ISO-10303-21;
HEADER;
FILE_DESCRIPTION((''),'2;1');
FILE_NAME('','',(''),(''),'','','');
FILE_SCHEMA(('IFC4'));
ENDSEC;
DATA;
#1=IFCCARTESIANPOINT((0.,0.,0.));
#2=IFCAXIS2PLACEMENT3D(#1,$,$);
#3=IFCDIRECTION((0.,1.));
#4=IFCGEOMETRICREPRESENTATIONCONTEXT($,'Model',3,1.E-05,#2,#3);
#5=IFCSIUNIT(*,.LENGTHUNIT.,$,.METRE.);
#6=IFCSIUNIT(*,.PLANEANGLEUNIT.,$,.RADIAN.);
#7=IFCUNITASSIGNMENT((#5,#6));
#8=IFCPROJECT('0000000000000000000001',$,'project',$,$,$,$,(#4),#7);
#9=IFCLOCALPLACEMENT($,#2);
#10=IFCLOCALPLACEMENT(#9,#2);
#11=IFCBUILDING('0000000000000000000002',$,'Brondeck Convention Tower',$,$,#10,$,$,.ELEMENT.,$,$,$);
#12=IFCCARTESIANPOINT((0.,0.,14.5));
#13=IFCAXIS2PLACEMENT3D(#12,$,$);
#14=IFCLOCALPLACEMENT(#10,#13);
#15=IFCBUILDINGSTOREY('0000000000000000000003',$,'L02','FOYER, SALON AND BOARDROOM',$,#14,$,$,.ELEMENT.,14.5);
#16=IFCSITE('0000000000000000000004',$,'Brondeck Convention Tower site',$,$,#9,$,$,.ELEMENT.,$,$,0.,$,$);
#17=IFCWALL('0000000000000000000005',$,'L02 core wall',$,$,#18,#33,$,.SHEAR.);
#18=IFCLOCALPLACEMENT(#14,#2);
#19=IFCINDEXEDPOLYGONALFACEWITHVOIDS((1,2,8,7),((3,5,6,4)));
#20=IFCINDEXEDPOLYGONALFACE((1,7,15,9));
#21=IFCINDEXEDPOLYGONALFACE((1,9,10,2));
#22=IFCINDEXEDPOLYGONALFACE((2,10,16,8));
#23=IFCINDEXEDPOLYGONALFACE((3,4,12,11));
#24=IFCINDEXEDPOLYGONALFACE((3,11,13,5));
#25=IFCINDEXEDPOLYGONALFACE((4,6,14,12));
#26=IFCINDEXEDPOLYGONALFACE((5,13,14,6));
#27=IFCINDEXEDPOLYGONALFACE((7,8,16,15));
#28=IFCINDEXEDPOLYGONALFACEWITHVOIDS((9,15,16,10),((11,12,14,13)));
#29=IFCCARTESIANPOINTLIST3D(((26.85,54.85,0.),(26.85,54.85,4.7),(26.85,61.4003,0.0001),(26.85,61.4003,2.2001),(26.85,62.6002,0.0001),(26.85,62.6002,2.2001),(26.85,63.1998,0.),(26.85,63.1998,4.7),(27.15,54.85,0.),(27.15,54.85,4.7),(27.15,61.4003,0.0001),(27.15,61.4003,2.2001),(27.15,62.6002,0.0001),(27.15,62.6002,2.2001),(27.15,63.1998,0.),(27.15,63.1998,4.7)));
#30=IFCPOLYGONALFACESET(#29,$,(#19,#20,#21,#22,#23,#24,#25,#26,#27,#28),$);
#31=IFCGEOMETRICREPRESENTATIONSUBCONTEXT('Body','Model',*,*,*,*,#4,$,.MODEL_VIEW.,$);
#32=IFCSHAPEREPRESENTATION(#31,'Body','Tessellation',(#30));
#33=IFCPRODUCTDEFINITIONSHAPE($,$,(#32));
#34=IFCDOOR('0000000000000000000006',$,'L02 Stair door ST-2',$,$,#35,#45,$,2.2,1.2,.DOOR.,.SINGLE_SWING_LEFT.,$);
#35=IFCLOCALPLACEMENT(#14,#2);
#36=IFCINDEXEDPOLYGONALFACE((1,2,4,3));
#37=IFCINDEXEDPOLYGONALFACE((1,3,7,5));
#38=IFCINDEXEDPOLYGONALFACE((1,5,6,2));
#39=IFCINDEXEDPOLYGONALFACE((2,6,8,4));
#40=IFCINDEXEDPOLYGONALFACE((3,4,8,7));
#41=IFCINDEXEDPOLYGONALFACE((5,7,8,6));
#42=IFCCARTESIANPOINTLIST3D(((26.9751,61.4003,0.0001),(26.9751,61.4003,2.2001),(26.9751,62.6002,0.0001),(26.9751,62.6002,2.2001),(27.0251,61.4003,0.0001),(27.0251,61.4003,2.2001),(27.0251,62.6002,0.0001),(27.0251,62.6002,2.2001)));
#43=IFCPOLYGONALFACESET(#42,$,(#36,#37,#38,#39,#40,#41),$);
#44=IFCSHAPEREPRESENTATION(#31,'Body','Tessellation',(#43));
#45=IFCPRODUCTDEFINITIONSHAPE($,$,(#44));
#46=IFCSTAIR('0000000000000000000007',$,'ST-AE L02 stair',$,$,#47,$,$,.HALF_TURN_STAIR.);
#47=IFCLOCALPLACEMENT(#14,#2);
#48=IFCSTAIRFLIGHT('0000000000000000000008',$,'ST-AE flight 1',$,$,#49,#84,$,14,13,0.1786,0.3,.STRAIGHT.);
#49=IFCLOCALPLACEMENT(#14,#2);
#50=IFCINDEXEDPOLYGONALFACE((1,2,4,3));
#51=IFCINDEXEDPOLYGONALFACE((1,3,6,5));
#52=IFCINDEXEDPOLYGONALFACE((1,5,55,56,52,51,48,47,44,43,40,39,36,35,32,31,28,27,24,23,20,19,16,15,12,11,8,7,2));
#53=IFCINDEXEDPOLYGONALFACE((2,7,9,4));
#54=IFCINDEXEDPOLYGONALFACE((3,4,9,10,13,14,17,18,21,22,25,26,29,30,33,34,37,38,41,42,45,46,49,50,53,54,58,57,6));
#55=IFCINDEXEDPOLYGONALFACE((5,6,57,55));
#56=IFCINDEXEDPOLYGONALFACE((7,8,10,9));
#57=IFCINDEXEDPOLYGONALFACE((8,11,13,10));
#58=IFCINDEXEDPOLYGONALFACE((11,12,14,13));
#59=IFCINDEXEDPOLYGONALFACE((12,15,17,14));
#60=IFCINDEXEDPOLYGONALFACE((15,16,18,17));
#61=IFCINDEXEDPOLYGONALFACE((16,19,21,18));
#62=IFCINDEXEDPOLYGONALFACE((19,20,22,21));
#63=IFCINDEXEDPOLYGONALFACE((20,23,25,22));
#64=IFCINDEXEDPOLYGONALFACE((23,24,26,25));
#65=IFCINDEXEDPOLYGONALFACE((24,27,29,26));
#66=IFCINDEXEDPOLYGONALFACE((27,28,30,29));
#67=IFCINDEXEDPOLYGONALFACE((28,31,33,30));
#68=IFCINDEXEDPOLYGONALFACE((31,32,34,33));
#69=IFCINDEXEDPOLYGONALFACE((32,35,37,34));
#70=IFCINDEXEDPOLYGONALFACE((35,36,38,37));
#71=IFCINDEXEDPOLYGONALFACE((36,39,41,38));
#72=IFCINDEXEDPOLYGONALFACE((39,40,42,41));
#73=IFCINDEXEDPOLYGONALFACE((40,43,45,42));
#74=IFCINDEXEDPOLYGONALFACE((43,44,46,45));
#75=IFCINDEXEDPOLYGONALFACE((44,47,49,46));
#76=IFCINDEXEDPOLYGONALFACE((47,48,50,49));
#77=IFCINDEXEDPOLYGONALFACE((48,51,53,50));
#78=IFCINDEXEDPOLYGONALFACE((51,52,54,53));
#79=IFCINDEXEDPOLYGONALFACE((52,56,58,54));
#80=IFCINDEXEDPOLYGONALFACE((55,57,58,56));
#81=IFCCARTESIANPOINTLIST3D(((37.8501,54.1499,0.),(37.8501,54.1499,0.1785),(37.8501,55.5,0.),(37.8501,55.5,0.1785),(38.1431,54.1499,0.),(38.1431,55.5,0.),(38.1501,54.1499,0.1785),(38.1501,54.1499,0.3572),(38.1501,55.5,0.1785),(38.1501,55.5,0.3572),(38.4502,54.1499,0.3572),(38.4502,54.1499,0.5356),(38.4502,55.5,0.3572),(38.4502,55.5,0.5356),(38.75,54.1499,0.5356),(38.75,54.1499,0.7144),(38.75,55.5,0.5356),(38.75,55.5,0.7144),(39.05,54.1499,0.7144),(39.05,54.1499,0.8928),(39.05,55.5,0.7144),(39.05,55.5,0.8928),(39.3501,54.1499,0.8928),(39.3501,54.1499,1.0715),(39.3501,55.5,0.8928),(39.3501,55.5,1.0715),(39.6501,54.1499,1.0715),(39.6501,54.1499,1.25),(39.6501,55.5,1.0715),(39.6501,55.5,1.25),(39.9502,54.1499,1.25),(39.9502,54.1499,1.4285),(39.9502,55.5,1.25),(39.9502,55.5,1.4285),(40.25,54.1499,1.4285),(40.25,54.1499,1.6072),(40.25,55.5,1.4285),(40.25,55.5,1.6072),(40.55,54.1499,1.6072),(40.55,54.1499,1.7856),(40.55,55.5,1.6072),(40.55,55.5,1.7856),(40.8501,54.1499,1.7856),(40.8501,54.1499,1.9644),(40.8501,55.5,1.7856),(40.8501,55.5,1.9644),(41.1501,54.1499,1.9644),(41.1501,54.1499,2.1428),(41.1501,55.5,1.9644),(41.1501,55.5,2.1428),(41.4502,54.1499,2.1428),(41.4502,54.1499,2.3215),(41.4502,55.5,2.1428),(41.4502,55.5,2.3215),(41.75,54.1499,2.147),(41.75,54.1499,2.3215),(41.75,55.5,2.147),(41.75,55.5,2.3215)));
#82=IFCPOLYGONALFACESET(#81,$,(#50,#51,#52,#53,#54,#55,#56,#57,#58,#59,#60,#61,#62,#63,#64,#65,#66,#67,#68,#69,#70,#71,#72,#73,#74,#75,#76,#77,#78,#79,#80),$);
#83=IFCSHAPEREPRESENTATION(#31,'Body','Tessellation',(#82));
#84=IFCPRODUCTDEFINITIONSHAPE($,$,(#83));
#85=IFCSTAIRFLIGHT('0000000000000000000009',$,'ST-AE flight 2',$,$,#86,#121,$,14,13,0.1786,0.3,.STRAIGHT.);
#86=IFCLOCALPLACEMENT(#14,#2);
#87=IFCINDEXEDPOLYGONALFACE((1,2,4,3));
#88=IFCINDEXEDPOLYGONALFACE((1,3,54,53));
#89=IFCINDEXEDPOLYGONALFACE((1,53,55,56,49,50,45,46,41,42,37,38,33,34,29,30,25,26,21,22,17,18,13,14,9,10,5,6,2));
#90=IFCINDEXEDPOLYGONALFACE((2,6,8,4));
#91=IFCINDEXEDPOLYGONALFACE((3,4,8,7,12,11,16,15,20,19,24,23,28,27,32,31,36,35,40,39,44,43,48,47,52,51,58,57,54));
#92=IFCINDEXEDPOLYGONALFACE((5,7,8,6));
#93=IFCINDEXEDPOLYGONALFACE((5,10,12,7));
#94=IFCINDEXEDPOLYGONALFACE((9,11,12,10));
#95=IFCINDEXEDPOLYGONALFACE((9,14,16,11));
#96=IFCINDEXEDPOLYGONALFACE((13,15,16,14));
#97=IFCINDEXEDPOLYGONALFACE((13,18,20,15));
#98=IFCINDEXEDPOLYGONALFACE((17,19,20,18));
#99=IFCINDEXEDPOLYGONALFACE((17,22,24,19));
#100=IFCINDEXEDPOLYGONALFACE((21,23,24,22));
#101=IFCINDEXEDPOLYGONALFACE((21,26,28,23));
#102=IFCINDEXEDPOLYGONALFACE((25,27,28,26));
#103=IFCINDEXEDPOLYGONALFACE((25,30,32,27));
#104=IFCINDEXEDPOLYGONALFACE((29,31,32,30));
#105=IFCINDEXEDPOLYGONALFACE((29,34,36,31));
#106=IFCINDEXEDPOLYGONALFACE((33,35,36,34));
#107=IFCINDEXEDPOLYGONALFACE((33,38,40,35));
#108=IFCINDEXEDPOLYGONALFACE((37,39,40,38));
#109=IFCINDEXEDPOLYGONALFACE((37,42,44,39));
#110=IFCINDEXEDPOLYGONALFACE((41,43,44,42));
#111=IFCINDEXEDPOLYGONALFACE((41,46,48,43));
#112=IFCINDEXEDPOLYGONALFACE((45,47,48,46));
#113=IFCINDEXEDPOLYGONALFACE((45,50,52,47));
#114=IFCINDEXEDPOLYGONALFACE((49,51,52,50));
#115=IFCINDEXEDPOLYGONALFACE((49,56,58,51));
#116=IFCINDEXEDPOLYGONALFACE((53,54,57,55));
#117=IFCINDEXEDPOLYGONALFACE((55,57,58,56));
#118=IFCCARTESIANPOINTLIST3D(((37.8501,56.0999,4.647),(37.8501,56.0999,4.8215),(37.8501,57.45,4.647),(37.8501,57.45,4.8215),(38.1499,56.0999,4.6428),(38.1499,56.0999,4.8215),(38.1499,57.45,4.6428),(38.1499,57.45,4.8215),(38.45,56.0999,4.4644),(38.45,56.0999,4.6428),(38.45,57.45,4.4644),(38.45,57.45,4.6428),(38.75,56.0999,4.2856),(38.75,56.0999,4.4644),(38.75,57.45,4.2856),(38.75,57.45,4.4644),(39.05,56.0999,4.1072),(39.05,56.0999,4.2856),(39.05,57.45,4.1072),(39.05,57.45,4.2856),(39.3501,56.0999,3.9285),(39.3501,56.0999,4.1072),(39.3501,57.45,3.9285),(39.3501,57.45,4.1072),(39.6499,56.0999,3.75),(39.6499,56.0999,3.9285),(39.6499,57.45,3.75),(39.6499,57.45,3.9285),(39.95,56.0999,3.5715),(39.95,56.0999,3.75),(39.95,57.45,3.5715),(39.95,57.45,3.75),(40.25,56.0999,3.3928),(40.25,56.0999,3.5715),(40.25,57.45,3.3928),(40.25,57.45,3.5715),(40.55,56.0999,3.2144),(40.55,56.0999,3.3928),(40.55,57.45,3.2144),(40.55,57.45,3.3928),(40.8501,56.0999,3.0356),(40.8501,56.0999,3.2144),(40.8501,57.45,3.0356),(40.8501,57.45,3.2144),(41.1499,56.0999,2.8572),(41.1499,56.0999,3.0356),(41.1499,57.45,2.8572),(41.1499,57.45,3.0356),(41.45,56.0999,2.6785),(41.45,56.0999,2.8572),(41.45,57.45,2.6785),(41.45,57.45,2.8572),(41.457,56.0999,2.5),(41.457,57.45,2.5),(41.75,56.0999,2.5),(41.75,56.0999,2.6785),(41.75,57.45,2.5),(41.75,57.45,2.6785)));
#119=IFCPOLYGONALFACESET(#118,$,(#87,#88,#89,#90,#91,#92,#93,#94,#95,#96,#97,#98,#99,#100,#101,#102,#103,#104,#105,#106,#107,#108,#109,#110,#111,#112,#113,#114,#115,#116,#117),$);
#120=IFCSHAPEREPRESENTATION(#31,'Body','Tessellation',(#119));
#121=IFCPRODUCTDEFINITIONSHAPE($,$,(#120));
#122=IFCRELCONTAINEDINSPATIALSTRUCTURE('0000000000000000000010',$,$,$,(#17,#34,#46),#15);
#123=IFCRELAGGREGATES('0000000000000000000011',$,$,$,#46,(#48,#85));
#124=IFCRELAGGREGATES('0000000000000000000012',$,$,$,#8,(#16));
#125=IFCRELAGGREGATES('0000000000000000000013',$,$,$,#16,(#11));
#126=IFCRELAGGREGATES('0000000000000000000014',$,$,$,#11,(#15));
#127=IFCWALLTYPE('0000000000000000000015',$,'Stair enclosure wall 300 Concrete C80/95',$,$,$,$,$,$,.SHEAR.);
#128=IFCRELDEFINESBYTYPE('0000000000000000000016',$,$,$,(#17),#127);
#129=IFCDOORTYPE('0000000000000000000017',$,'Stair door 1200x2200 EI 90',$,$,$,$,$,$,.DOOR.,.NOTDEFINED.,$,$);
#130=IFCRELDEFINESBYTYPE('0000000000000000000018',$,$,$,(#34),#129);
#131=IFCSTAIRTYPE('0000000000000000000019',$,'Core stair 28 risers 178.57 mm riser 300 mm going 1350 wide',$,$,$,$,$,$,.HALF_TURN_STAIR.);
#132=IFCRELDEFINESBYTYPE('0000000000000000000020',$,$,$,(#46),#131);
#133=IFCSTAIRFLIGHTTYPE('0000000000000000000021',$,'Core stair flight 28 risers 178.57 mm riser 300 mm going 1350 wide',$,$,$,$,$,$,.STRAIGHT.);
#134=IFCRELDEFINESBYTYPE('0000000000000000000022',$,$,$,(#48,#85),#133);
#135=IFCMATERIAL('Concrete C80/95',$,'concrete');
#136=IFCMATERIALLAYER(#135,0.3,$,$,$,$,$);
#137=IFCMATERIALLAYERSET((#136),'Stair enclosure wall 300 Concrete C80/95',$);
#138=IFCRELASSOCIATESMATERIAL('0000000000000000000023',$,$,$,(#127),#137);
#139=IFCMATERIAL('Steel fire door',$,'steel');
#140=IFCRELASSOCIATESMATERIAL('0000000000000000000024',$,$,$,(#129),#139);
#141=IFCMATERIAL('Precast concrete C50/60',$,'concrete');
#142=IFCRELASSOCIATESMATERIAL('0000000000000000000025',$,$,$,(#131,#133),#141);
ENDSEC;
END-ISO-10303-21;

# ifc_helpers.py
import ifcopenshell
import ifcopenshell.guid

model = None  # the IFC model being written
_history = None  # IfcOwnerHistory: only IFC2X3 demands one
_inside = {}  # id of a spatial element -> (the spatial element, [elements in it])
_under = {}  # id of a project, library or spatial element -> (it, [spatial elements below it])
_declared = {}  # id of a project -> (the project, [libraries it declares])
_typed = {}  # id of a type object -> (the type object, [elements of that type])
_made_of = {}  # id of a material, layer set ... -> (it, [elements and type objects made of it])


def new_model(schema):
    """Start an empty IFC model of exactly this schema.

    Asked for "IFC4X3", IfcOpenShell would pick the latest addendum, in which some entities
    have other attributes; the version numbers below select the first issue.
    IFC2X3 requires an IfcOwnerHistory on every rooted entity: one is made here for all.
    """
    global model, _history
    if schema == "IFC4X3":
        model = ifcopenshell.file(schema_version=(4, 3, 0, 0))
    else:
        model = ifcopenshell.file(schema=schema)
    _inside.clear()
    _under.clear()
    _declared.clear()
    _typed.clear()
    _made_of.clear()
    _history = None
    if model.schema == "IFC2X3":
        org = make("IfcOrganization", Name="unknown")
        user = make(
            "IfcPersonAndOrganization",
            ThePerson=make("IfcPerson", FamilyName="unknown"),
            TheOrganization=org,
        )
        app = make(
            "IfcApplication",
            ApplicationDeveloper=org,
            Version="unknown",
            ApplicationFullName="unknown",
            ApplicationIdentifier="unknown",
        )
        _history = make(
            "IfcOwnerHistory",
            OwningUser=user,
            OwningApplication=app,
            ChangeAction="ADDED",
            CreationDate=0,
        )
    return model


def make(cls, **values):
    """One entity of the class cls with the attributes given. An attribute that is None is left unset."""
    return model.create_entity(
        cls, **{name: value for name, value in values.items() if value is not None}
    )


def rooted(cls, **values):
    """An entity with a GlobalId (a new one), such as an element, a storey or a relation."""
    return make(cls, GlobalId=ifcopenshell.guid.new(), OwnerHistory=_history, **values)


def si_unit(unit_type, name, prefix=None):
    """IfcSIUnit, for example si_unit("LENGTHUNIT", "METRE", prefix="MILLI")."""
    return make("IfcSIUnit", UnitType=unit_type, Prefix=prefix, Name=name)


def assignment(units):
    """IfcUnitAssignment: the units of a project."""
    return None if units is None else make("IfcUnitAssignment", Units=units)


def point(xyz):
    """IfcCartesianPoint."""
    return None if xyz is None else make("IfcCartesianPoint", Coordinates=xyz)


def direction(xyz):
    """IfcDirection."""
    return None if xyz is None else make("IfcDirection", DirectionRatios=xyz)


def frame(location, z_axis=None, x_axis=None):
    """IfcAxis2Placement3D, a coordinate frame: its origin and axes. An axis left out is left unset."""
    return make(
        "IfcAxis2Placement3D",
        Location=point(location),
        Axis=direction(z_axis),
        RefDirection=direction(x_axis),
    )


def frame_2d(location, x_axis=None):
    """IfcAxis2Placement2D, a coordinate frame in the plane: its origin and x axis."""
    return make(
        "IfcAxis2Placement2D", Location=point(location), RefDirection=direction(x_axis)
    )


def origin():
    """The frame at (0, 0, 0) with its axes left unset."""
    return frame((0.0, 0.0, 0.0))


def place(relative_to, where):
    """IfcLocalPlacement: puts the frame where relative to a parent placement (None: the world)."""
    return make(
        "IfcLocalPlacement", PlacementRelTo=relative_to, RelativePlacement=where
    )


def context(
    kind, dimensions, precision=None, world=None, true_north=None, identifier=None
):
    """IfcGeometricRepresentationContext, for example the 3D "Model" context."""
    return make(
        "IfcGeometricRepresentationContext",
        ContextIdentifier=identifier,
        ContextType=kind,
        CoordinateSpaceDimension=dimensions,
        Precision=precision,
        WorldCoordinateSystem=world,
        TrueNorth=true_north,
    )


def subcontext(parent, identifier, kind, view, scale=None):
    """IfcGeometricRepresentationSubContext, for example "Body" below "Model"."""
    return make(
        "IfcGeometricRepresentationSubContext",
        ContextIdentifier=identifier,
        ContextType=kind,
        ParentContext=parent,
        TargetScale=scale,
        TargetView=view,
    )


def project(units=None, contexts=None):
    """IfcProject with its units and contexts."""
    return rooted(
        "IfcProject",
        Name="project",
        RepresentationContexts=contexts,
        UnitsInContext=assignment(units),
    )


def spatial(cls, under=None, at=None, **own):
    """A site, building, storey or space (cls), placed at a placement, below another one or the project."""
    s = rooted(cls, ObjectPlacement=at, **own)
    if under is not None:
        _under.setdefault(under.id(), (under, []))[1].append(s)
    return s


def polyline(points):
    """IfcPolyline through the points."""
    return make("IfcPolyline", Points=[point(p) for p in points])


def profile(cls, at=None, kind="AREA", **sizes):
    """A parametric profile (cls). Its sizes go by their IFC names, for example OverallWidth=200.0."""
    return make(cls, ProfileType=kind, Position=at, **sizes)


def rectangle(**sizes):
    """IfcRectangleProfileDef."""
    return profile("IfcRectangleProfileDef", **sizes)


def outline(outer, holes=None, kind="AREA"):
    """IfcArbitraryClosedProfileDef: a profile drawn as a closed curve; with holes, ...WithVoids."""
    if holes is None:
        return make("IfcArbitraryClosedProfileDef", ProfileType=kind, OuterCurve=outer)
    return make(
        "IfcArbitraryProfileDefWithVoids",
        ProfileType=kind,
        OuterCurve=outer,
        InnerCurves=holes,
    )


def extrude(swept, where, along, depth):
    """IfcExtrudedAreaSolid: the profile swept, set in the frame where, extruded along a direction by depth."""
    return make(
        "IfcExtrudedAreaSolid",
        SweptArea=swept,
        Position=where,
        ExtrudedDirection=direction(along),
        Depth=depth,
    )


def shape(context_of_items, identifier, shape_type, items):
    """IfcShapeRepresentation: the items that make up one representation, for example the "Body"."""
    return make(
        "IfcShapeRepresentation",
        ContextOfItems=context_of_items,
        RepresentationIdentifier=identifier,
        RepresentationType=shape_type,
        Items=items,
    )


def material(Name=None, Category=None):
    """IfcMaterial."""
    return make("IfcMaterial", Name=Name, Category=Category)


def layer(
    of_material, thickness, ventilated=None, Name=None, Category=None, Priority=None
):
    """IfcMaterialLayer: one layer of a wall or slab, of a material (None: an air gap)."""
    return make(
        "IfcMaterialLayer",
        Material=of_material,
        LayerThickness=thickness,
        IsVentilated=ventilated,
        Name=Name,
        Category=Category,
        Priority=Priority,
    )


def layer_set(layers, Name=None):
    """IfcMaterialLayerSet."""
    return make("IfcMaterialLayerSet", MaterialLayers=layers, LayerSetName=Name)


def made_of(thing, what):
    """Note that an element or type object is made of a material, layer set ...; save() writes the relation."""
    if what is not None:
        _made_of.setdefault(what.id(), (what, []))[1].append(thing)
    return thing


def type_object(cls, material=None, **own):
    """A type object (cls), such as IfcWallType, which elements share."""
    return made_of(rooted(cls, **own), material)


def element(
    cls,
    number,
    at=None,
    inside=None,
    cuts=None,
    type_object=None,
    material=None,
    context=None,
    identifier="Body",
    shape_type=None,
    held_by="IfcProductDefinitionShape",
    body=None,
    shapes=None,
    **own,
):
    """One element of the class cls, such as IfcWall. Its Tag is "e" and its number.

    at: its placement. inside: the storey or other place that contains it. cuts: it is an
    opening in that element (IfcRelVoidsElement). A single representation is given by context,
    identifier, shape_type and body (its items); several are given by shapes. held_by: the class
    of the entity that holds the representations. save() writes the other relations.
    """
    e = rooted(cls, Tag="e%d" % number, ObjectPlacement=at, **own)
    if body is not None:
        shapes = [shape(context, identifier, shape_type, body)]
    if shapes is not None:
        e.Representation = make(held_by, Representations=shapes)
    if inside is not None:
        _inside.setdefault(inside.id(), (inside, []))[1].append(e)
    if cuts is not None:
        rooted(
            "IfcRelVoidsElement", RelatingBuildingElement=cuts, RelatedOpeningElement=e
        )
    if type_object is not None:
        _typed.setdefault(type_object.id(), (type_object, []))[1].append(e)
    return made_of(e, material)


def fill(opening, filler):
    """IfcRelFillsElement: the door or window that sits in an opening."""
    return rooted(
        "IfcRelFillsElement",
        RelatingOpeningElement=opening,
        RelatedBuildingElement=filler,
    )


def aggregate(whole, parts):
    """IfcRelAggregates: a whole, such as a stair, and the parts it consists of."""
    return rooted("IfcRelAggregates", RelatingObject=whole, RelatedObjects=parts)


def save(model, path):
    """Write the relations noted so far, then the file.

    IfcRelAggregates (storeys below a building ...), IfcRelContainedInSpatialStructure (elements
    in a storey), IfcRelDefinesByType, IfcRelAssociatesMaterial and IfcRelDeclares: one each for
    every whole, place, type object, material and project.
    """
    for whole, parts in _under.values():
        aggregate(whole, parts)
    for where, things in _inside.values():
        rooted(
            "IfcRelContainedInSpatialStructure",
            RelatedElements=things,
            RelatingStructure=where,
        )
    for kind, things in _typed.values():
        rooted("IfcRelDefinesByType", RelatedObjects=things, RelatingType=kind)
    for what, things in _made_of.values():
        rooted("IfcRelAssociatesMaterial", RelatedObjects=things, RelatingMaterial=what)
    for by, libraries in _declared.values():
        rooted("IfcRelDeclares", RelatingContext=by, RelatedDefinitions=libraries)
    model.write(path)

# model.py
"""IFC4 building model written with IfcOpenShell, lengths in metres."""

from ifc_helpers import new_model, si_unit, direction, frame, frame_2d, origin, place, context, subcontext, project, spatial, polyline, rectangle, outline, extrude, material, layer, layer_set, type_object, element, fill, aggregate, save


model = new_model("IFC4")

# Units and contexts
model_context = context("Model", 3, precision=1e-05, world=origin(), true_north=direction((0.0, 1.0)))
body_context = subcontext(model_context, "Body", "Model", "MODEL_VIEW")
ifc_project = project(units=[si_unit("LENGTHUNIT", "METRE"), si_unit("PLANEANGLEUNIT", "RADIAN")], contexts=[model_context])

# Site, building, storey
site_placement = place(None, origin())
site = spatial("IfcSite", under=ifc_project, at=site_placement, Name="Brondeck Convention Tower site", CompositionType="ELEMENT", RefElevation=0.0)
building_placement = place(site_placement, origin())
building = spatial("IfcBuilding", under=site, at=building_placement, Name="Brondeck Convention Tower", CompositionType="ELEMENT")
storey_placement = place(building_placement, frame((0.0, 0.0, 14.5)))
storey = spatial("IfcBuildingStorey", under=building, at=storey_placement, Name="L02", Description="FOYER, SALON AND BOARDROOM", CompositionType="ELEMENT", Elevation=14.5)

# Shared definitions
ifc_material_1 = material(Name="Concrete C80/95", Category="concrete")

# Shared definitions
ifc_layer_1 = layer(ifc_material_1, 0.3)
ifc_layer_set_1 = layer_set([ifc_layer_1], Name="Stair enclosure wall 300 Concrete C80/95")
wall_type_1 = type_object("IfcWallType", Name="Stair enclosure wall 300 Concrete C80/95", PredefinedType="SHEAR", material=ifc_layer_set_1)
ifc_material_2 = material(Name="Steel fire door", Category="steel")
door_type_1 = type_object("IfcDoorType", Name="Stair door 1200x2200 EI 90", OperationType="NOTDEFINED", PredefinedType="DOOR", material=ifc_material_2)

# Wall, opening, door
wall_1_placement = place(storey_placement, frame((27.0, 54.8501, 0.0), z_axis=(0.0, 0.0, 1.0), x_axis=(0.0, 1.0, 0.0)))
wall_1 = element("IfcWall", 1, at=wall_1_placement, inside=storey, type_object=wall_type_1, Name="L02 core wall", PredefinedType="SHEAR", context=body_context, shape_type="SweptSolid", body=[
    extrude(rectangle(XDim=8.3499, YDim=0.3, at=frame_2d((4.1748, 0.0))), origin(), (0.0, 0.0, 1.0), 4.7),
])
opening_1_placement = place(wall_1_placement, frame((6.55, 0.0, 0.0)))
opening_1 = element("IfcOpeningElement", 2, at=opening_1_placement, cuts=wall_1, PredefinedType="OPENING", context=body_context, shape_type="SweptSolid", body=[
    extrude(rectangle(XDim=1.2, YDim=2.2, at=frame_2d((0.6001, 1.1001))), frame((0.0, 0.1599, 0.0), z_axis=(0.0, -1.0, 0.0), x_axis=(1.0, 0.0, 0.0)), (0.0, 0.0, 1.0), 0.3201),
])
door_1_placement = place(opening_1_placement, origin())
door_1 = element("IfcDoor", 3, at=door_1_placement, inside=storey, type_object=door_type_1, Name="L02 Stair door ST-2", OperationType="SINGLE_SWING_LEFT", OverallHeight=2.2, OverallWidth=1.2, PredefinedType="DOOR", context=body_context, shape_type="SweptSolid", body=[
    extrude(rectangle(XDim=1.2, YDim=2.2, at=frame_2d((0.6001, 1.1001))), frame((0.0, 0.0249, 0.0), z_axis=(0.0, -1.0, 0.0), x_axis=(1.0, 0.0, 0.0)), (0.0, 0.0, 1.0), 0.05),
])
fill(opening_1, door_1)

# Stair, stair flights
ifc_material_3 = material(Name="Precast concrete C50/60", Category="concrete")
stair_type = type_object("IfcStairType", Name="Core stair 28 risers 178.57 mm riser 300 mm going 1350 wide", PredefinedType="HALF_TURN_STAIR", material=ifc_material_3)
stair_placement = place(storey_placement, origin())
stair = element("IfcStair", 4, at=stair_placement, inside=storey, type_object=stair_type, Name="ST-AE L02 stair", PredefinedType="HALF_TURN_STAIR")
stair_flight_type = type_object("IfcStairFlightType", Name="Core stair flight 28 risers 178.57 mm riser 300 mm going 1350 wide", PredefinedType="STRAIGHT", material=ifc_material_3)
stair_flight_1_placement = place(storey_placement, frame((37.8501, 54.825, 0.0), z_axis=(0.0, 0.0, 1.0), x_axis=(1.0, 0.0, 0.0)))
stair_flight_1 = element("IfcStairFlight", 5, at=stair_flight_1_placement, type_object=stair_flight_type, Name="ST-AE flight 1", NumberOfRisers=14, NumberOfTreads=13, PredefinedType="STRAIGHT", RiserHeight=0.1786, TreadLength=0.3, context=body_context, shape_type="SweptSolid", body=[
    extrude(outline(polyline([(0.0, 0.0), (0.0, 0.1785), (0.3, 0.1785), (0.3, 0.3572), (0.6001, 0.3572), (0.6001, 0.5356), (0.8999, 0.5356), (0.8999, 0.7144), (1.2, 0.7144), (1.2, 0.8928), (1.5, 0.8928), (1.5, 1.0715), (1.8, 1.0715), (1.8, 1.25), (2.1001, 1.25), (2.1001, 1.4285), (2.3999, 1.4285), (2.3999, 1.6072), (2.7, 1.6072), (2.7, 1.7856), (3.0, 1.7856), (3.0, 1.9644), (3.3, 1.9644), (3.3, 2.1428), (3.6001, 2.1428), (3.6001, 2.3215), (3.8999, 2.3215), (3.8999, 2.5), (3.8999, 2.147), (0.293, 0.0), (0.0, 0.0)])), frame((0.0, 0.675, 0.0), z_axis=(0.0, -1.0, 0.0), x_axis=(1.0, 0.0, 0.0)), (0.0, 0.0, 1.0), 1.3501),
])
stair_flight_2_placement = place(storey_placement, frame((41.75, 56.7749, 2.5), z_axis=(0.0, 0.0, 1.0), x_axis=(-1.0, 0.0, 0.0)))
stair_flight_2 = element("IfcStairFlight", 6, at=stair_flight_2_placement, type_object=stair_flight_type, Name="ST-AE flight 2", NumberOfRisers=14, NumberOfTreads=13, PredefinedType="STRAIGHT", RiserHeight=0.1786, TreadLength=0.3, context=body_context, shape_type="SweptSolid", body=[
    extrude(outline(polyline([(0.0, 0.0), (0.0, 0.1785), (0.3, 0.1785), (0.3, 0.3572), (0.6001, 0.3572), (0.6001, 0.5356), (0.8999, 0.5356), (0.8999, 0.7144), (1.2, 0.7144), (1.2, 0.8928), (1.5, 0.8928), (1.5, 1.0715), (1.8, 1.0715), (1.8, 1.25), (2.1001, 1.25), (2.1001, 1.4285), (2.3999, 1.4285), (2.3999, 1.6072), (2.7, 1.6072), (2.7, 1.7856), (3.0, 1.7856), (3.0, 1.9644), (3.3, 1.9644), (3.3, 2.1428), (3.6001, 2.1428), (3.6001, 2.3215), (3.8999, 2.3215), (3.8999, 2.5), (3.8999, 2.147), (0.293, 0.0), (0.0, 0.0)])), frame((0.0, 0.675, 0.0), z_axis=(0.0, -1.0, 0.0), x_axis=(1.0, 0.0, 0.0)), (0.0, 0.0, 1.0), 1.3501),
])
aggregate(stair, [stair_flight_1, stair_flight_2])

save(model, "model.ifc")
